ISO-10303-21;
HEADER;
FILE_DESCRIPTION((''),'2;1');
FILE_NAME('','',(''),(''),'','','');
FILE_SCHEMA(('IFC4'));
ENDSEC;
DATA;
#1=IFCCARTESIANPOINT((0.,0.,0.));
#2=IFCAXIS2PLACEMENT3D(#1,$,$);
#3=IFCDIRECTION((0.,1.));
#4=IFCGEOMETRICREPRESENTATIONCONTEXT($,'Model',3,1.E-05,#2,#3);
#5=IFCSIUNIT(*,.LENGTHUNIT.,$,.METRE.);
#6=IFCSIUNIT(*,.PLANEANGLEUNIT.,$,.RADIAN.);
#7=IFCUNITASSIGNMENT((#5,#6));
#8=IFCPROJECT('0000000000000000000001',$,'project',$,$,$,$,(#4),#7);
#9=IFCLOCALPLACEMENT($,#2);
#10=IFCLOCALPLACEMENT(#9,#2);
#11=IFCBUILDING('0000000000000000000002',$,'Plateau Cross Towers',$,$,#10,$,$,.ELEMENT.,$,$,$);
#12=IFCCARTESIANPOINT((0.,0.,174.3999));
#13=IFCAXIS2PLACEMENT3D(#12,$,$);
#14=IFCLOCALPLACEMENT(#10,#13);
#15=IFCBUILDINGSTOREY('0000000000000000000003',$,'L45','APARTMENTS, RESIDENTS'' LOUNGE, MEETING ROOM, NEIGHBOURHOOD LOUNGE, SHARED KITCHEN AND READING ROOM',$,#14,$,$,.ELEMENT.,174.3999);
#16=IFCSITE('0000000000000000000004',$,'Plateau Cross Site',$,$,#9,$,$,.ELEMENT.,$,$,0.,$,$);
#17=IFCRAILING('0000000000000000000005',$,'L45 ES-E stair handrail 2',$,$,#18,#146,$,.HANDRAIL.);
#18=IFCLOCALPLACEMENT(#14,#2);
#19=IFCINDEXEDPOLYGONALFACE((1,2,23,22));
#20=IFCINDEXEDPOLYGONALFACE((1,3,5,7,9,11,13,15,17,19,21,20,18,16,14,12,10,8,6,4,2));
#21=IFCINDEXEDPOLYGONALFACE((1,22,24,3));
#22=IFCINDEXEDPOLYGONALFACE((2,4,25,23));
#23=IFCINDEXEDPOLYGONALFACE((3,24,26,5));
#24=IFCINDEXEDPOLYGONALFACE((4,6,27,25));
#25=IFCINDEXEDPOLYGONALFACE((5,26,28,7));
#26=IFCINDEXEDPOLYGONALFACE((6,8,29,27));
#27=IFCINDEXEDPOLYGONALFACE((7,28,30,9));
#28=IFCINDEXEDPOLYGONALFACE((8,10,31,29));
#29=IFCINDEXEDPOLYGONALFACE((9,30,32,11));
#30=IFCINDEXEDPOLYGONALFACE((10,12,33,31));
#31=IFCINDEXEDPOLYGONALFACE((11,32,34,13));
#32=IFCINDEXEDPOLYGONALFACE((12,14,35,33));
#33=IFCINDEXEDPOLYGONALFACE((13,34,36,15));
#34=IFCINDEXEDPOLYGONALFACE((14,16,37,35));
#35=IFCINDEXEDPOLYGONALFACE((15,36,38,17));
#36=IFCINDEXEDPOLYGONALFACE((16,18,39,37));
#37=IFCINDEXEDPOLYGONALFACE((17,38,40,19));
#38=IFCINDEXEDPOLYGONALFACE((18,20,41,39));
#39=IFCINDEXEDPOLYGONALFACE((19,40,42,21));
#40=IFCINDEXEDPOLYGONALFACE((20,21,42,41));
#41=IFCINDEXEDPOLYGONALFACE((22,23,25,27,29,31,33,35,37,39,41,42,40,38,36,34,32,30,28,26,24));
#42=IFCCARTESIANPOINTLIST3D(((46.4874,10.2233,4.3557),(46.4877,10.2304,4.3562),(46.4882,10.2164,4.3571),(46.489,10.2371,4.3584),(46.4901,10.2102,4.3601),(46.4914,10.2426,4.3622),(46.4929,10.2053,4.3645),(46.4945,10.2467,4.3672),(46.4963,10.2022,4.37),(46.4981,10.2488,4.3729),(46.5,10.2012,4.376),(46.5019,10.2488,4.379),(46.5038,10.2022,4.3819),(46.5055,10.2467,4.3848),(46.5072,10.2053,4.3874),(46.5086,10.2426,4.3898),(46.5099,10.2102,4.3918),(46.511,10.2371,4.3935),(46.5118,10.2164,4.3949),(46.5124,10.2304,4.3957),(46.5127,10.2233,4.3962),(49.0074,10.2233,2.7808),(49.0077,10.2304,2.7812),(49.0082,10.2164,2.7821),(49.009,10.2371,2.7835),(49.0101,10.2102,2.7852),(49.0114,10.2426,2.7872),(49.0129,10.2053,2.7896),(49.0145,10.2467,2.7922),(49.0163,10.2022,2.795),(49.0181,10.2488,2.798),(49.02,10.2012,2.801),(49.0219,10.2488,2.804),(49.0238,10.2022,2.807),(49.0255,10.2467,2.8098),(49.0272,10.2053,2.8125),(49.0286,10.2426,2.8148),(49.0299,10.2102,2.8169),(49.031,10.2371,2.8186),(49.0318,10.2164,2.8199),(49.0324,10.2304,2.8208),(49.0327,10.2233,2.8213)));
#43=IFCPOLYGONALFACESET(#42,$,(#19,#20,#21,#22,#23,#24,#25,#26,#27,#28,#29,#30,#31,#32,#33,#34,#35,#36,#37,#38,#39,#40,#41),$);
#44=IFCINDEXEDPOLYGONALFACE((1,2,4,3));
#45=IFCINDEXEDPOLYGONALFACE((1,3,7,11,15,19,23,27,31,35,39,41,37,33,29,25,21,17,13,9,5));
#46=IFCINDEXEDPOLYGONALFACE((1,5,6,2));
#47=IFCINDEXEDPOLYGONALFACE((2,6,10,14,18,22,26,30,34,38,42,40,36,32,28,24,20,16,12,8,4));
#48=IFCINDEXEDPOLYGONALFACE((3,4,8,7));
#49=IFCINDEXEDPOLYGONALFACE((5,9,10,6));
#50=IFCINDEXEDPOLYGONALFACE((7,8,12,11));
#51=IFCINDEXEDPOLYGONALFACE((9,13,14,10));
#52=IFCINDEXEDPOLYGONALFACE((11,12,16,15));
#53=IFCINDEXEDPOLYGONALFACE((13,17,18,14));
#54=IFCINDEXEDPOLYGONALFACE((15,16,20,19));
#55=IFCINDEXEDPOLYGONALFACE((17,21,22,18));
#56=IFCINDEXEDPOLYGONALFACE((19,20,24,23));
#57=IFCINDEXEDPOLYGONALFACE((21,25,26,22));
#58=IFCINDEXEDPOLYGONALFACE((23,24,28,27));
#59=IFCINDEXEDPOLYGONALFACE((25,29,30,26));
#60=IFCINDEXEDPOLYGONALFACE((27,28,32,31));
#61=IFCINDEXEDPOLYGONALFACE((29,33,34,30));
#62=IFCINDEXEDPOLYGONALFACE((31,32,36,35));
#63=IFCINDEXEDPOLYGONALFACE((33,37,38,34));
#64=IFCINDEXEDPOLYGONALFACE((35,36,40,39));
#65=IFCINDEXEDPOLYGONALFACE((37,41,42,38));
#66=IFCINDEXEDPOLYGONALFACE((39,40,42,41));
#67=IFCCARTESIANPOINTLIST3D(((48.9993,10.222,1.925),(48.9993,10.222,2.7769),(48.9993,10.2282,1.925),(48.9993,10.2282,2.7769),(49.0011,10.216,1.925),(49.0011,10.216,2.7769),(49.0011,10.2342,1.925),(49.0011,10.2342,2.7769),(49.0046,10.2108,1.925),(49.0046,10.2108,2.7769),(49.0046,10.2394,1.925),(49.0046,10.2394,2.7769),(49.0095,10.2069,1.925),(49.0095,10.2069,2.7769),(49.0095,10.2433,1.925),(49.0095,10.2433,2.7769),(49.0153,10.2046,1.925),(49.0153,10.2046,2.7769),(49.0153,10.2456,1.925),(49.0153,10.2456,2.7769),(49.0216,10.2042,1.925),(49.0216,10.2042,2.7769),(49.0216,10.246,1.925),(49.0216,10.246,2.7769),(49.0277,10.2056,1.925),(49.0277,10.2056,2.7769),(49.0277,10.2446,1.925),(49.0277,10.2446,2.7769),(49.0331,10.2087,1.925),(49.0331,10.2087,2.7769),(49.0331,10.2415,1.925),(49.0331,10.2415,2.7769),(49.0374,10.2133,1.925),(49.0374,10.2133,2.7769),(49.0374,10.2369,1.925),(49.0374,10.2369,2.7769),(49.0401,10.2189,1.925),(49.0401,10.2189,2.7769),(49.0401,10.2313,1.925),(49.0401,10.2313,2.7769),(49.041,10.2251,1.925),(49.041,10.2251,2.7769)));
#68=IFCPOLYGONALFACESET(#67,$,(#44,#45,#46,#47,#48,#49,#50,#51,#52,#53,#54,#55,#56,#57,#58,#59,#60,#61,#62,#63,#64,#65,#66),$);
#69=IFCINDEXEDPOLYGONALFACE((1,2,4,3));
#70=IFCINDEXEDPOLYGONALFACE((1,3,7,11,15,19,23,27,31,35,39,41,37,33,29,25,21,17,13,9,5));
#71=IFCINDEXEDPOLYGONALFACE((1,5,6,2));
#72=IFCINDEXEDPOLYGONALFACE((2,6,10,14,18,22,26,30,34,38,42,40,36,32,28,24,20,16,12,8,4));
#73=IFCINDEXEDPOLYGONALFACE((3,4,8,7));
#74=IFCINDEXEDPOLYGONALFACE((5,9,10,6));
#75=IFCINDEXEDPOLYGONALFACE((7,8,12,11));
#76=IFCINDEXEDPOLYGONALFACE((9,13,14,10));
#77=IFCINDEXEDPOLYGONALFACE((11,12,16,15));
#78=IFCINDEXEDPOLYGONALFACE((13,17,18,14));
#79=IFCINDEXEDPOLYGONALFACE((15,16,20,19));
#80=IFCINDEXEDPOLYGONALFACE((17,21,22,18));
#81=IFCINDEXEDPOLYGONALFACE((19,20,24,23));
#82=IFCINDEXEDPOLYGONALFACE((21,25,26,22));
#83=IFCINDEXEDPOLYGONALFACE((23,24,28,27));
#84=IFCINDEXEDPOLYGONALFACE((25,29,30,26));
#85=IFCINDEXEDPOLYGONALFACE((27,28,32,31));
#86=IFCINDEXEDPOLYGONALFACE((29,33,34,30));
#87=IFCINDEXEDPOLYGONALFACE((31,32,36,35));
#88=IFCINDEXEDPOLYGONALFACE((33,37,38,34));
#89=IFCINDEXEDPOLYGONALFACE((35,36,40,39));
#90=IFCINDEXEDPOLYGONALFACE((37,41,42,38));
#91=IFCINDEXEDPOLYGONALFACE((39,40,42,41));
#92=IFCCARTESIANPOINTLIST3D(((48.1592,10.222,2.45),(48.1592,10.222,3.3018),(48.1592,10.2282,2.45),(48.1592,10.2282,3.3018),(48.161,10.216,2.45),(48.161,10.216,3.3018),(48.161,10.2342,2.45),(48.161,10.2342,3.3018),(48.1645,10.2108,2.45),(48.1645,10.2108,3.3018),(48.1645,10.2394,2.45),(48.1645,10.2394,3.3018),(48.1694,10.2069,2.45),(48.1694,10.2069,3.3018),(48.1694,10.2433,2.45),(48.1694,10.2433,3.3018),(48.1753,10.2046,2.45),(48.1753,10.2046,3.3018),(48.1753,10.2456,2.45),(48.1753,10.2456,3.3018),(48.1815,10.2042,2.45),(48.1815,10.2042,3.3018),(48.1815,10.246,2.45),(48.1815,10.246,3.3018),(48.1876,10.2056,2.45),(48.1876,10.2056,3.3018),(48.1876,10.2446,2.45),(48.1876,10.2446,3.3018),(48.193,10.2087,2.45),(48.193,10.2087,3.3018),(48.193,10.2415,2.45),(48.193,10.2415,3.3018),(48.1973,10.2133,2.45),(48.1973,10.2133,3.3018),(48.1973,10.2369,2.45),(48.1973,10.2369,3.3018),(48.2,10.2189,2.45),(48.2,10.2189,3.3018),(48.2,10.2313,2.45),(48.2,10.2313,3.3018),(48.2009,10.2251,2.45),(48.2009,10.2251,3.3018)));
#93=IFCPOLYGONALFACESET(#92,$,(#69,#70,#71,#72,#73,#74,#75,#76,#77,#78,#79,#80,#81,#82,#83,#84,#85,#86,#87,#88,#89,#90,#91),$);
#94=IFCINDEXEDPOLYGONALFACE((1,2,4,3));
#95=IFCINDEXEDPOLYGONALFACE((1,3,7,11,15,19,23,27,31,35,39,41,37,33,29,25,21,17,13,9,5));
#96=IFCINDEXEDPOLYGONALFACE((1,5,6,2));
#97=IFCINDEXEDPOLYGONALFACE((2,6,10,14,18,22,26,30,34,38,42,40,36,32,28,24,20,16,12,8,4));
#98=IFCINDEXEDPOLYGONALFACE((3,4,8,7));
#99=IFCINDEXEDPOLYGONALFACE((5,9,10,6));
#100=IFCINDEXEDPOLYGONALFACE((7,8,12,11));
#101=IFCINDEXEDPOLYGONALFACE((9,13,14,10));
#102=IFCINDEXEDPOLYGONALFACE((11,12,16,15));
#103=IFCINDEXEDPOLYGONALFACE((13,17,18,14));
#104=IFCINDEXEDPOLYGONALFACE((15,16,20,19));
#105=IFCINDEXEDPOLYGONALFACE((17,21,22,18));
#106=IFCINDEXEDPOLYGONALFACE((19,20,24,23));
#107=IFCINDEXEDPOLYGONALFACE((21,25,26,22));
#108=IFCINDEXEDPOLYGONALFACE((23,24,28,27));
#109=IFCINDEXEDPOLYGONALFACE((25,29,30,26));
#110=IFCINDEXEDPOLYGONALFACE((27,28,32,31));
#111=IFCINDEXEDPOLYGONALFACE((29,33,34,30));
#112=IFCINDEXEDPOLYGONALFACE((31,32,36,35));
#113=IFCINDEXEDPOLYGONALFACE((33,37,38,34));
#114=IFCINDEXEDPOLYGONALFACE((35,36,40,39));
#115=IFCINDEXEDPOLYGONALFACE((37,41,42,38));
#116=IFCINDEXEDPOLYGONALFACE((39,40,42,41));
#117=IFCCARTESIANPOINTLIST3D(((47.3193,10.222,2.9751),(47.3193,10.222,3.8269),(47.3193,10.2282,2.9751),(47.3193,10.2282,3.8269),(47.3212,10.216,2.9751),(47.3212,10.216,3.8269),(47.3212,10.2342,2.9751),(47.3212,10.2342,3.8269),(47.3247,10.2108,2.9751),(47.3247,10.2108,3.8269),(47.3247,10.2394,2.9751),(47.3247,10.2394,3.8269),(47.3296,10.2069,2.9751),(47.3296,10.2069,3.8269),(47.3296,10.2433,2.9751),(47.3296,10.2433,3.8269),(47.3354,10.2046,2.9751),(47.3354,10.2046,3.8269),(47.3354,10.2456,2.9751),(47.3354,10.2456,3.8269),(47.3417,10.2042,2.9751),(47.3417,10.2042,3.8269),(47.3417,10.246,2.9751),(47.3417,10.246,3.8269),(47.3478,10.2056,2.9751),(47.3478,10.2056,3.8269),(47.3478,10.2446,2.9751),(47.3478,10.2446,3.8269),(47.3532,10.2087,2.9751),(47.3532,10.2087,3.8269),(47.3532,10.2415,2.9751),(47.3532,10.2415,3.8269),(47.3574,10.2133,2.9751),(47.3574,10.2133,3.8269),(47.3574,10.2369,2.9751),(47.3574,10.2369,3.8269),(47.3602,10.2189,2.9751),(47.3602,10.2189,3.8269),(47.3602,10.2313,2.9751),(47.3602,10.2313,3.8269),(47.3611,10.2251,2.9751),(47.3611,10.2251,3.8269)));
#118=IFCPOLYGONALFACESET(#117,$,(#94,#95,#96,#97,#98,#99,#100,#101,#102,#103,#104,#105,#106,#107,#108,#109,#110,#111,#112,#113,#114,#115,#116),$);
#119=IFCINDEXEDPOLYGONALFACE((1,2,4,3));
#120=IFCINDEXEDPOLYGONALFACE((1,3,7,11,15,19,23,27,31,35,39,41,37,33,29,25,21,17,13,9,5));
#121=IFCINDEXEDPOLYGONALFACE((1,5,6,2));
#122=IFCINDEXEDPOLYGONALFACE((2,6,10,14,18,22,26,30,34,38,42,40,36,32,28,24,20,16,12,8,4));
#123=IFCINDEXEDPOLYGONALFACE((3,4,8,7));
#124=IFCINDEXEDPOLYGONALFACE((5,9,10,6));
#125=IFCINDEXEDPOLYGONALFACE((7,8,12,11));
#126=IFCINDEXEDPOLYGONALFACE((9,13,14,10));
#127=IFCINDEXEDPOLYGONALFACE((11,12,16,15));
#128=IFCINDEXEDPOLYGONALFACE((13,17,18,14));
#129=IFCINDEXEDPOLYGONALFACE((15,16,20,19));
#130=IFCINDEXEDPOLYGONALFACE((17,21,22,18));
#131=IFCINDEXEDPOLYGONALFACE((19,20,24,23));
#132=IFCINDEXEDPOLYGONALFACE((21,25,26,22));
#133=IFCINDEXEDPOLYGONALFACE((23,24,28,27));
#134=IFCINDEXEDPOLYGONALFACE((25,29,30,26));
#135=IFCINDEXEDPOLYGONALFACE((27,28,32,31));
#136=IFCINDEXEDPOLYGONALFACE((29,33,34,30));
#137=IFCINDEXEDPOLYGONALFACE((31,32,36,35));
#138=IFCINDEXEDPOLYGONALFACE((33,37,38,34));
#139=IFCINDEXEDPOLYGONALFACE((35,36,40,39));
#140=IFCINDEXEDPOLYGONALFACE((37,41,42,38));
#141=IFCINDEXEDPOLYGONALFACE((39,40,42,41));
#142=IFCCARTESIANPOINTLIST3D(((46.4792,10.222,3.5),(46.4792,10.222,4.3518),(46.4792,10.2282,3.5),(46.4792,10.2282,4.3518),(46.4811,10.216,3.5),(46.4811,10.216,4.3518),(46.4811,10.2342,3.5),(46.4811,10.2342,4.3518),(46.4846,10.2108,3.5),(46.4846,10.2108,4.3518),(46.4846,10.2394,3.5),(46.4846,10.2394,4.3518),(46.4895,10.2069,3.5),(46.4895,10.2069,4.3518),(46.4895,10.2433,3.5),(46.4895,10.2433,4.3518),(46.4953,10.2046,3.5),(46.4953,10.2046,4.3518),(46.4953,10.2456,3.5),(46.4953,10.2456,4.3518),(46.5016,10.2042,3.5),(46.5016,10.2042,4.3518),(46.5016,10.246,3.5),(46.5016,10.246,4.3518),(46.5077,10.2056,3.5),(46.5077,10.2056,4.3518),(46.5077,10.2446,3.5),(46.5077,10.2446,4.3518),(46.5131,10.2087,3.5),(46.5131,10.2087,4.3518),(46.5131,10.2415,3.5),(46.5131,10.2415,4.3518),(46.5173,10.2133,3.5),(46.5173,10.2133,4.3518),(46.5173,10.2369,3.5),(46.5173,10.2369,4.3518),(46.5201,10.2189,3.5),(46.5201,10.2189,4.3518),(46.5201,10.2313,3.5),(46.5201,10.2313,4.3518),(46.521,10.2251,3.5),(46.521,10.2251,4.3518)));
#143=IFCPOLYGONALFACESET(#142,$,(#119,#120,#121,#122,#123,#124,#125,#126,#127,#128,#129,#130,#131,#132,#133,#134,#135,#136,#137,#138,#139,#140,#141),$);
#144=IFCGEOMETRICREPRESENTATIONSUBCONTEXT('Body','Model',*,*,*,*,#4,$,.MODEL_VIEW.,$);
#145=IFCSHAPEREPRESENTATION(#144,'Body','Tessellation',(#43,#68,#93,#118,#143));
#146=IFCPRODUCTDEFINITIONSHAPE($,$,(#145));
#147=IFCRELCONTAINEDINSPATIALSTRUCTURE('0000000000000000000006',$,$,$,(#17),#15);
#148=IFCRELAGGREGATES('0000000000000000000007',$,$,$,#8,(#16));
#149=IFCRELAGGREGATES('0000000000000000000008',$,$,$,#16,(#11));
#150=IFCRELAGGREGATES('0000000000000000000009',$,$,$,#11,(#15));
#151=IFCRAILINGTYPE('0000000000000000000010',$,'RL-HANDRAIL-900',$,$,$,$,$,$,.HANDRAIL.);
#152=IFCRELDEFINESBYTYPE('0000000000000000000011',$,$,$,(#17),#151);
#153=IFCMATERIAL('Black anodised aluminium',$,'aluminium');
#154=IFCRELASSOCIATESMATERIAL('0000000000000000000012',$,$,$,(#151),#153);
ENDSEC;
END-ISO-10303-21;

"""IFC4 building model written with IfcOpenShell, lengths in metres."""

from ifc_helpers import new_model, si_unit, direction, frame, origin, origin_2d, place, context, subcontext, project, spatial, circle, extrude, material, type_object, element, save


model = new_model("IFC4")

# Units and contexts
model_context = context("Model", 3, precision=1e-05, world=origin(), true_north=direction((0.0, 1.0)))
body_context = subcontext(model_context, "Body", "Model", "MODEL_VIEW")
ifc_project = project(units=[si_unit("LENGTHUNIT", "METRE"), si_unit("PLANEANGLEUNIT", "RADIAN")], contexts=[model_context])

# Site, building, storey
site_placement = place(None, origin())
site = spatial("IfcSite", under=ifc_project, at=site_placement, Name="Plateau Cross Site", CompositionType="ELEMENT", RefElevation=0.0)
building_placement = place(site_placement, origin())
building = spatial("IfcBuilding", under=site, at=building_placement, Name="Plateau Cross Towers", CompositionType="ELEMENT")
storey_placement = place(building_placement, frame((0.0, 0.0, 174.3999)))
storey = spatial("IfcBuildingStorey", under=building, at=storey_placement, Name="L45", Description="APARTMENTS, RESIDENTS' LOUNGE, MEETING ROOM, NEIGHBOURHOOD LOUNGE, SHARED KITCHEN AND READING ROOM", CompositionType="ELEMENT", Elevation=174.3999)

# Shared definitions
ifc_material_1 = material(Name="Black anodised aluminium", Category="aluminium")

# Railing
railing_type_1 = type_object("IfcRailingType", Name="RL-HANDRAIL-900", PredefinedType="HANDRAIL", material=ifc_material_1)
railing_1_placement = place(storey_placement, frame((49.02, 10.2251, 1.925)))
element("IfcRailing", 1, at=railing_1_placement, inside=storey, type_object=railing_type_1, Name="L45 ES-E stair handrail 2", PredefinedType="HANDRAIL", context=body_context, shape_type="SweptSolid", body=[
    extrude(circle(Radius=0.0239, at=origin_2d()), frame((0.0, 0.0, 0.876), z_axis=(-0.848008, 0.0, 0.529984), x_axis=(0.0, -1.0, 0.0)), (0.0, 0.0, 1.0), 2.9717),
    extrude(circle(Radius=0.021, at=origin_2d()), origin(), (0.0, 0.0, 1.0), 0.8518),
    extrude(circle(Radius=0.021, at=origin_2d()), frame((-0.8401, 0.0, 0.5249)), (0.0, 0.0, 1.0), 0.8518),
    extrude(circle(Radius=0.021, at=origin_2d()), frame((-1.6799, 0.0, 1.05)), (0.0, 0.0, 1.0), 0.8518),
    extrude(circle(Radius=0.021, at=origin_2d()), frame((-2.52, 0.0, 1.575)), (0.0, 0.0, 1.0), 0.8518),
])

save(model, "model.ifc")
